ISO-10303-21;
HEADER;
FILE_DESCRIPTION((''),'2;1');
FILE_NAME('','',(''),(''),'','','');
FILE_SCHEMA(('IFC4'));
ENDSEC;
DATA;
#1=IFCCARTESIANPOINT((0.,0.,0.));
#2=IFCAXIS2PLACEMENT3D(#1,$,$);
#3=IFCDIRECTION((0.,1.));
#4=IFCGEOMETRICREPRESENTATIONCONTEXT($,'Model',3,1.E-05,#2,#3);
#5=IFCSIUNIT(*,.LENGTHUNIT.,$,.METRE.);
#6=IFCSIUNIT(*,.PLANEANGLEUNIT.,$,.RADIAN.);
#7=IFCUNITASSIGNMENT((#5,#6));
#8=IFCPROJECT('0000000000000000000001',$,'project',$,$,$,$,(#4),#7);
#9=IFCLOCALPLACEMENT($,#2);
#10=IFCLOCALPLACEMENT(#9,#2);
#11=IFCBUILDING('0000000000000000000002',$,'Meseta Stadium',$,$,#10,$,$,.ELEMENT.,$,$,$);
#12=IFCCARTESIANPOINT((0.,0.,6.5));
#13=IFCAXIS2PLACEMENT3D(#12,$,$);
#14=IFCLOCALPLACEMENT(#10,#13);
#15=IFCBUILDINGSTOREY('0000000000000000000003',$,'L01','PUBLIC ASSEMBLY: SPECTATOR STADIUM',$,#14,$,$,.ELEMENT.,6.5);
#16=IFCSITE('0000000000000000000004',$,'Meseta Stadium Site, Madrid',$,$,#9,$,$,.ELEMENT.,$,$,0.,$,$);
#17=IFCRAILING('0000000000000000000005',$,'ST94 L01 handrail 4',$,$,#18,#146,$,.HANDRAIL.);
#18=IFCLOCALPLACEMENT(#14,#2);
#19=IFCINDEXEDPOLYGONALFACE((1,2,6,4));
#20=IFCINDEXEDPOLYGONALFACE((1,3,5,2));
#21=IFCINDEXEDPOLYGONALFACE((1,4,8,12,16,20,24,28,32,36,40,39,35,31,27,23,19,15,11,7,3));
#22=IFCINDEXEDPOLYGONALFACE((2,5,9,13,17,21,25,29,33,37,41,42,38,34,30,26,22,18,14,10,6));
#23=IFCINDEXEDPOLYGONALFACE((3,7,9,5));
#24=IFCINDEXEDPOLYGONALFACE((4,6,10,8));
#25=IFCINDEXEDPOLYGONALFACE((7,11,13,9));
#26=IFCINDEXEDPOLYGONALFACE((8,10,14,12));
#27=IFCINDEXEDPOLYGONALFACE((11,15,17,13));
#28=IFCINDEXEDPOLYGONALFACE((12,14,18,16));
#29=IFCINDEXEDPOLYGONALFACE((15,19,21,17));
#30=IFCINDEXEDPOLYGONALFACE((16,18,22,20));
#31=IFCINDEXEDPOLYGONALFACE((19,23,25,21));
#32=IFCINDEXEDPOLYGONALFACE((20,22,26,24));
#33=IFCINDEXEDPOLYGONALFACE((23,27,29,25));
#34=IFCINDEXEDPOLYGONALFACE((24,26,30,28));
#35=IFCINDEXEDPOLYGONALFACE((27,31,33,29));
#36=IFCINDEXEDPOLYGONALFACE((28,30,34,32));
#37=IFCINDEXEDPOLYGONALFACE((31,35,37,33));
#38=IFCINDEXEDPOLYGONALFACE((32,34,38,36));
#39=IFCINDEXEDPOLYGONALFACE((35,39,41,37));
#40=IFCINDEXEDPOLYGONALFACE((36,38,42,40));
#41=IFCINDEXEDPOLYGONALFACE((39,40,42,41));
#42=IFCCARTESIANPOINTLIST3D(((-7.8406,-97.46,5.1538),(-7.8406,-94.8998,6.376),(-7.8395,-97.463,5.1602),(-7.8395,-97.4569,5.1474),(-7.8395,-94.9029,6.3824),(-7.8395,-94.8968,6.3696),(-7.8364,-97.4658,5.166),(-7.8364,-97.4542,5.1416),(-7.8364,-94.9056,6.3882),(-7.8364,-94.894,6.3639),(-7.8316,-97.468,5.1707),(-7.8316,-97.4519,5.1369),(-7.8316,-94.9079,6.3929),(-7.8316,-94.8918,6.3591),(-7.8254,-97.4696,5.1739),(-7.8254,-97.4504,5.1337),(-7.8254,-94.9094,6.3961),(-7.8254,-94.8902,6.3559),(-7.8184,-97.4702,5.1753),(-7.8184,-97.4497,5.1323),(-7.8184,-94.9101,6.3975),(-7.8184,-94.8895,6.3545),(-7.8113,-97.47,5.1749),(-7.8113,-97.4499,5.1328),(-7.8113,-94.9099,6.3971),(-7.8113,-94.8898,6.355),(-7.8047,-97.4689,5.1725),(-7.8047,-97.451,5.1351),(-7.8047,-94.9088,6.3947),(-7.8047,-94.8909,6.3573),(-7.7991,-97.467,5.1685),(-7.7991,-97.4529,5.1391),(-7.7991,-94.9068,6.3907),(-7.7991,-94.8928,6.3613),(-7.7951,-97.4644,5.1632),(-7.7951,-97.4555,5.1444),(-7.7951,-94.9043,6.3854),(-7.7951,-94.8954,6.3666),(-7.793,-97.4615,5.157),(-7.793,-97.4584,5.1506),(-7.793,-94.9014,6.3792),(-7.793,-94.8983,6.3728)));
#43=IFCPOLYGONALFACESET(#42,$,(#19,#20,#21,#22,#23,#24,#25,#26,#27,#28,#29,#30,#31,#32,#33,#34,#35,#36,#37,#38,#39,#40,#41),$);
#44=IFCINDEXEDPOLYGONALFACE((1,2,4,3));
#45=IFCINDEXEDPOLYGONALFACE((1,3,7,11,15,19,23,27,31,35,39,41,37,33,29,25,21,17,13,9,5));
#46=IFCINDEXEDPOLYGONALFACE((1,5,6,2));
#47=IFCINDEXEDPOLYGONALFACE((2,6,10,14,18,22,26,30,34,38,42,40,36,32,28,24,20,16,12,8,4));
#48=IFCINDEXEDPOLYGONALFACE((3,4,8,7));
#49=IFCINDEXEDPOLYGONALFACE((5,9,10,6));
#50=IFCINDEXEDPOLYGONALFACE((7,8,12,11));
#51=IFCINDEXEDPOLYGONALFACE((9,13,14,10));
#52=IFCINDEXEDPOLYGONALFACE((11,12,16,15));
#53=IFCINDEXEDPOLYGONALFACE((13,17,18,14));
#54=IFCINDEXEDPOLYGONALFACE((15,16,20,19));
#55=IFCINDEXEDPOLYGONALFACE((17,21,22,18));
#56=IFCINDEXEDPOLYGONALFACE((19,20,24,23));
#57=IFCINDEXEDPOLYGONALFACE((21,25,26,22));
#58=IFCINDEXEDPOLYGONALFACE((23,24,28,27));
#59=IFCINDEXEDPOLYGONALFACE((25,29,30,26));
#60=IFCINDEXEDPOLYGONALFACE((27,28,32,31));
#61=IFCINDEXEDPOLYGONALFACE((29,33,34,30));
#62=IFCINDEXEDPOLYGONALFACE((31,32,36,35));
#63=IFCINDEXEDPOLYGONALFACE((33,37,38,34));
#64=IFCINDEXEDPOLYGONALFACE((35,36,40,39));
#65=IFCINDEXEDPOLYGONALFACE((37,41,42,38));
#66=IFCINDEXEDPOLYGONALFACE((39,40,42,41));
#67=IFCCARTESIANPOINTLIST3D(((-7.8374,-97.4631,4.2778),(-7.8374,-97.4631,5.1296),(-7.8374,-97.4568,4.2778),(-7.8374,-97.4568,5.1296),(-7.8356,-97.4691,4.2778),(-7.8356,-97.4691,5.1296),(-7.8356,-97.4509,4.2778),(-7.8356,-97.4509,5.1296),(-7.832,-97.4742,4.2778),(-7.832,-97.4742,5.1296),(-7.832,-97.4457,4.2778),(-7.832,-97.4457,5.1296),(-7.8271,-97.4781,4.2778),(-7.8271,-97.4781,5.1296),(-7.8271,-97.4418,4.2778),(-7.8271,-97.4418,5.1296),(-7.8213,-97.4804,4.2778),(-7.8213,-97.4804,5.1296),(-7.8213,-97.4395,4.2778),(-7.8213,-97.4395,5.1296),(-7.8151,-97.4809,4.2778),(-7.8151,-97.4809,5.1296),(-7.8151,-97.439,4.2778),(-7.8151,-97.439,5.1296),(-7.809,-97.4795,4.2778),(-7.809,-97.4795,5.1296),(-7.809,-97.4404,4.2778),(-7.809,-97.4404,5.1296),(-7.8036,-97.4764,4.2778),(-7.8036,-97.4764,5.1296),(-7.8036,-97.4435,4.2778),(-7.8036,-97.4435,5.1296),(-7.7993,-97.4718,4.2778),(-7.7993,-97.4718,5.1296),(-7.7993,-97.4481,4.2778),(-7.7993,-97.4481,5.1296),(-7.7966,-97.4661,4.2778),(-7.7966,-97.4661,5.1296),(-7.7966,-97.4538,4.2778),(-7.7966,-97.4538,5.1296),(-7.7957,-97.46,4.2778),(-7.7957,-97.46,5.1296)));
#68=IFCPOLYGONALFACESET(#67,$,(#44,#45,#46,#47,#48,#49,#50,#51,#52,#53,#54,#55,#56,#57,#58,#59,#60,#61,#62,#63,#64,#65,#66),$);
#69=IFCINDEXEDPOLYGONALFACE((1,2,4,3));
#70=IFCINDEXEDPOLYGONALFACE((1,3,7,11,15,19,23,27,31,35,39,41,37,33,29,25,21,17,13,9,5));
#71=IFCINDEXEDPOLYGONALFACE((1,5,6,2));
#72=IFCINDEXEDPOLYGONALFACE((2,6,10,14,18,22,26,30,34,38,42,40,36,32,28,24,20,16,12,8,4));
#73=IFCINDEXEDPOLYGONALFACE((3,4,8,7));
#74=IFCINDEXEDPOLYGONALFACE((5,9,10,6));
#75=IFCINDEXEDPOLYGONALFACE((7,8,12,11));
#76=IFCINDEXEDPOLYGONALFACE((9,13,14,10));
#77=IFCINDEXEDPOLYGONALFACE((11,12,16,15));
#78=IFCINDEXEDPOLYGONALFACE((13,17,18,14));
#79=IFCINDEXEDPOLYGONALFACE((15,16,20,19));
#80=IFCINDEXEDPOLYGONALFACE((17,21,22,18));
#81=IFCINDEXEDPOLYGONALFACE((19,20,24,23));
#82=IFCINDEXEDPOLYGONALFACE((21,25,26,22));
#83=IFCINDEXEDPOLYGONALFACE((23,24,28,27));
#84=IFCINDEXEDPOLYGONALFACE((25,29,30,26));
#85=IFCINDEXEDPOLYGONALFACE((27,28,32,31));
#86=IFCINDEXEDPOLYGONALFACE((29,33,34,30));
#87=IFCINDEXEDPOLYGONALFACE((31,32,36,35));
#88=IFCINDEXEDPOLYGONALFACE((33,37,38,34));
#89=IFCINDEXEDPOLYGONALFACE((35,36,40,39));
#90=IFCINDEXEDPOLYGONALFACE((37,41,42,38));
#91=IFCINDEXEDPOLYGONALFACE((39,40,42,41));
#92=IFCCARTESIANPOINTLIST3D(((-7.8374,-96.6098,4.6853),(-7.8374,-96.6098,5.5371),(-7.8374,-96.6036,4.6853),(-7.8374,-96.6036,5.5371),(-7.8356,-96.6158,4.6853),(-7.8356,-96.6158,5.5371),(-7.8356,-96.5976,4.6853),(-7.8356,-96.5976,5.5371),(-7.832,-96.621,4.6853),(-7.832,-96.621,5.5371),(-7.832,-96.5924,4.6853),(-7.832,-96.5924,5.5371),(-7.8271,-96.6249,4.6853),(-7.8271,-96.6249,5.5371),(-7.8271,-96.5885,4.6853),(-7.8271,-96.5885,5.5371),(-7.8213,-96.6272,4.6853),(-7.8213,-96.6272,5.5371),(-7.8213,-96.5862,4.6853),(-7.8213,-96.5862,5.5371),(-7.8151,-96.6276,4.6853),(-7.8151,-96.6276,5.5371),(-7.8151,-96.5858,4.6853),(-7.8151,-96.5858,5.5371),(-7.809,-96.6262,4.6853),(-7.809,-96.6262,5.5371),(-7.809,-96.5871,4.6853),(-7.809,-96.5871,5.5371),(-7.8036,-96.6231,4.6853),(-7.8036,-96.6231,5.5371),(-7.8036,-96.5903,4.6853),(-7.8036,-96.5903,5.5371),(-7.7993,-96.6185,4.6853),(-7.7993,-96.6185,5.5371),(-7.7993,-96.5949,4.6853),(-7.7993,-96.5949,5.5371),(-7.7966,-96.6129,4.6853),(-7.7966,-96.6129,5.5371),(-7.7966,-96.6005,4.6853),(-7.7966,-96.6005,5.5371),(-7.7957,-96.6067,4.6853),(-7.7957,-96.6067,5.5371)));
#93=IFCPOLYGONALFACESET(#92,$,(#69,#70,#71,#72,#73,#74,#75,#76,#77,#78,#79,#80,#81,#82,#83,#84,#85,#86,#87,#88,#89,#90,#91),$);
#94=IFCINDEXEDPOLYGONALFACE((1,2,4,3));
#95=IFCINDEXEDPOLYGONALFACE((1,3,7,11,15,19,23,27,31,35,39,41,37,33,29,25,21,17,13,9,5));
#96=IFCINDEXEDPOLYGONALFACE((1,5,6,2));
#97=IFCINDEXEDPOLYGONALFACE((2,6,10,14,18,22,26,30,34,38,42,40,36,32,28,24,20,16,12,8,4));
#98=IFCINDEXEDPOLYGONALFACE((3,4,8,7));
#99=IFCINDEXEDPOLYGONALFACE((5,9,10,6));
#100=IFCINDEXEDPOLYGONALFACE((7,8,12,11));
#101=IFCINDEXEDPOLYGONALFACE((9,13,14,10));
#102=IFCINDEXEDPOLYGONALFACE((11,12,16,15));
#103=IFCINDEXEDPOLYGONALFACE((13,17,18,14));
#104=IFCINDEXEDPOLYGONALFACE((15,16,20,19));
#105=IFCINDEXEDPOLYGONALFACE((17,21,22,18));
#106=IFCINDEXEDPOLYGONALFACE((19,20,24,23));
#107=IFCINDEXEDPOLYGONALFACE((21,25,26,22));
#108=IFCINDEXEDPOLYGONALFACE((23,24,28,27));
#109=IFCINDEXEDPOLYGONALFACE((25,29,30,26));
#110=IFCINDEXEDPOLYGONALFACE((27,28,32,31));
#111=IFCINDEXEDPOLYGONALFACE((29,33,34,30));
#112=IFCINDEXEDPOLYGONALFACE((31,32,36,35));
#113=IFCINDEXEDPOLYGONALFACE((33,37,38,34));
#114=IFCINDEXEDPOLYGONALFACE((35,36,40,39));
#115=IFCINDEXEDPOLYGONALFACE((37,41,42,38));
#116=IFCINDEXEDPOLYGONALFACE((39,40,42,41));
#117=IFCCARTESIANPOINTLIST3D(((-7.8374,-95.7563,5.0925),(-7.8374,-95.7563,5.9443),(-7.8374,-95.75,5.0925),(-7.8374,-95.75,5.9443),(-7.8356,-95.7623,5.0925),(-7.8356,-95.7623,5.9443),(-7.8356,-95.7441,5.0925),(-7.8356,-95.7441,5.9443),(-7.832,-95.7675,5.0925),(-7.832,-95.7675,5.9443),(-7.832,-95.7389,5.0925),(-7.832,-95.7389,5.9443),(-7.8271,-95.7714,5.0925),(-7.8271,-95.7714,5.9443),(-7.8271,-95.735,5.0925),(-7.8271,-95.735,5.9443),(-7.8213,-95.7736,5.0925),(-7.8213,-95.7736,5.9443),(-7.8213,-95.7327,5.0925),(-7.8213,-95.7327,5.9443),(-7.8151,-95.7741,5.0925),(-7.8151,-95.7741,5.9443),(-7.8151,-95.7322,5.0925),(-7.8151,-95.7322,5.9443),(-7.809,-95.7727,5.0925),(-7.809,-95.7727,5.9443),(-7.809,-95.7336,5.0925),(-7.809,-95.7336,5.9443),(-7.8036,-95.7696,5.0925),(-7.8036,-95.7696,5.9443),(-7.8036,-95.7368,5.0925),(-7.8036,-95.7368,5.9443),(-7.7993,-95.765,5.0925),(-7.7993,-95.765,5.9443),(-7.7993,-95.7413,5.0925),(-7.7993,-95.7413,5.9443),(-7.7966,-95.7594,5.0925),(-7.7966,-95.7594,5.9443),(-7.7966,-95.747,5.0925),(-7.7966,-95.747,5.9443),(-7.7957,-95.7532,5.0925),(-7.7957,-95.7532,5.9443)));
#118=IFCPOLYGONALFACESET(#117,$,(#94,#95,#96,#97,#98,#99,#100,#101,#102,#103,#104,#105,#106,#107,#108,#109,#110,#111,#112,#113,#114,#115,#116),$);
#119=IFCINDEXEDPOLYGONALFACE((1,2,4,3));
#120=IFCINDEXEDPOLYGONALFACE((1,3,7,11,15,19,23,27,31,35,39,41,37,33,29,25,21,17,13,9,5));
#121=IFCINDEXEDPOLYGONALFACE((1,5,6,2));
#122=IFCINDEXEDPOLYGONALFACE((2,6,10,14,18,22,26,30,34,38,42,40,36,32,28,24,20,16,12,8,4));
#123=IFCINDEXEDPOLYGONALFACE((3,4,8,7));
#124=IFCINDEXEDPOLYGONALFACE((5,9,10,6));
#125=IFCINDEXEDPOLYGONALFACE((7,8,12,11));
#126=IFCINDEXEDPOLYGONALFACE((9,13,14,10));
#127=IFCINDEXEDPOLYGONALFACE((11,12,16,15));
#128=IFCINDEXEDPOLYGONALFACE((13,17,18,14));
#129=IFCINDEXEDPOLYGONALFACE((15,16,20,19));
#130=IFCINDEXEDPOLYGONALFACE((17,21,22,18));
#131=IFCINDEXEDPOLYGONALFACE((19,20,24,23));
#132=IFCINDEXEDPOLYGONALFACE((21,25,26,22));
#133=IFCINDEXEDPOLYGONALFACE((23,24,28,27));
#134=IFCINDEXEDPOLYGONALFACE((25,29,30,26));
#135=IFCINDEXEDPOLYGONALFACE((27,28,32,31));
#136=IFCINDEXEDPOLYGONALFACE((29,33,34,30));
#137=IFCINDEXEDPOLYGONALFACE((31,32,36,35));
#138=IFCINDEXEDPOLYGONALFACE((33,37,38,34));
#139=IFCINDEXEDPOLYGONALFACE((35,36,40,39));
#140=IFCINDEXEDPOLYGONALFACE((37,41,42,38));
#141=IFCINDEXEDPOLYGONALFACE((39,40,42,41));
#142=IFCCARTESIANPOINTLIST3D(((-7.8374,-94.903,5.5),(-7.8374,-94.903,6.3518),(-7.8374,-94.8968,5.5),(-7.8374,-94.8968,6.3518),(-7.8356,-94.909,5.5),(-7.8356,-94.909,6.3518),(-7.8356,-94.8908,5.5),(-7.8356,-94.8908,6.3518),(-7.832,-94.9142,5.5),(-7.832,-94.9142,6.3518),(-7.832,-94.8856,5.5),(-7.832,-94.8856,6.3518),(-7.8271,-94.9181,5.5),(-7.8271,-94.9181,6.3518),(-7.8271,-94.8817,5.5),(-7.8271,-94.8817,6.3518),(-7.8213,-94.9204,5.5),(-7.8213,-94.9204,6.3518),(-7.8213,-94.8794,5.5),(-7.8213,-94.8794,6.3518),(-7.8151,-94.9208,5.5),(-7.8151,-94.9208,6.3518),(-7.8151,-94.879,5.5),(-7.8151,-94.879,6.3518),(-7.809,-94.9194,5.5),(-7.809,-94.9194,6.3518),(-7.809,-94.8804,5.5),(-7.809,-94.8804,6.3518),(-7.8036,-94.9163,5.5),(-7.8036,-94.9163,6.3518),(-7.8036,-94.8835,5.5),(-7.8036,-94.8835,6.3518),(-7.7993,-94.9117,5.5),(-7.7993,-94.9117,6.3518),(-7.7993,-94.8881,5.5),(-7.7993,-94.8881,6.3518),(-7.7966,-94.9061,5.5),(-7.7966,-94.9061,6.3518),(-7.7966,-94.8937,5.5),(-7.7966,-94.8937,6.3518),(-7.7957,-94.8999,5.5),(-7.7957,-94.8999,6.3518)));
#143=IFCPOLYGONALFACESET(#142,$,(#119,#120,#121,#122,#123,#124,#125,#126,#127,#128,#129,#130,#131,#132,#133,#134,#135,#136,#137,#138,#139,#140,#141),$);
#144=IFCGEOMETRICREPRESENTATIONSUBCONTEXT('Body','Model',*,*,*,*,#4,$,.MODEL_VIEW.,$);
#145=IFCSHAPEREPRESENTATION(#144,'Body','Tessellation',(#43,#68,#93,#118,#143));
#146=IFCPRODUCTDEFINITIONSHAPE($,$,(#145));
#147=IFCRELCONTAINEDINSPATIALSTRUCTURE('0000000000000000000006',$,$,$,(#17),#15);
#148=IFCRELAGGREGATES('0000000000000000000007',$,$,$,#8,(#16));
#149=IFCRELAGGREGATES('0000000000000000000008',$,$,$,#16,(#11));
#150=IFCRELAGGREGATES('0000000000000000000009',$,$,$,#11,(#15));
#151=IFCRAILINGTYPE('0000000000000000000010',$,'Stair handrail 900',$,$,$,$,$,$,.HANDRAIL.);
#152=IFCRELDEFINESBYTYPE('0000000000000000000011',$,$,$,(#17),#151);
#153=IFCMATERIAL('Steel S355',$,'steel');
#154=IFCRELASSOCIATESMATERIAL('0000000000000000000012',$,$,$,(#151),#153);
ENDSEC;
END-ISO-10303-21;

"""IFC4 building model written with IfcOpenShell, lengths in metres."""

from ifc_helpers import new_model, si_unit, direction, frame, origin, origin_2d, place, context, subcontext, project, spatial, circle, extrude, material, type_object, element, save


model = new_model("IFC4")

# Units and contexts
model_context = context("Model", 3, precision=1e-05, world=origin(), true_north=direction((0.0, 1.0)))
body_context = subcontext(model_context, "Body", "Model", "MODEL_VIEW")
ifc_project = project(units=[si_unit("LENGTHUNIT", "METRE"), si_unit("PLANEANGLEUNIT", "RADIAN")], contexts=[model_context])

# Site, building, storey
site_placement = place(None, origin())
site = spatial("IfcSite", under=ifc_project, at=site_placement, Name="Meseta Stadium Site, Madrid", CompositionType="ELEMENT", RefElevation=0.0)
building_placement = place(site_placement, origin())
building = spatial("IfcBuilding", under=site, at=building_placement, Name="Meseta Stadium", CompositionType="ELEMENT")
storey_placement = place(building_placement, frame((0.0, 0.0, 6.5)))
storey = spatial("IfcBuildingStorey", under=building, at=storey_placement, Name="L01", Description="PUBLIC ASSEMBLY: SPECTATOR STADIUM", CompositionType="ELEMENT", Elevation=6.5)

# Railing
ifc_material_1 = material(Name="Steel S355", Category="steel")
railing_type_1 = type_object("IfcRailingType", Name="Stair handrail 900", PredefinedType="HANDRAIL", material=ifc_material_1)
railing_1_placement = place(storey_placement, frame((-7.8167, -97.46, 4.2778)))
element("IfcRailing", 1, at=railing_1_placement, inside=storey, type_object=railing_type_1, Name="ST94 L01 handrail 4", PredefinedType="HANDRAIL", context=body_context, shape_type="SweptSolid", body=[
    extrude(circle(Radius=0.0239, at=origin_2d()), frame((0.0, 0.0, 0.876), z_axis=(0.0, 0.902437, 0.430822), x_axis=(-1.0, 0.0, 0.0)), (0.0, 0.0, 1.0), 2.8369),
    extrude(circle(Radius=0.021, at=origin_2d()), origin(), (0.0, 0.0, 1.0), 0.8518),
    extrude(circle(Radius=0.021, at=origin_2d()), frame((0.0, 0.8533, 0.4075)), (0.0, 0.0, 1.0), 0.8518),
    extrude(circle(Radius=0.021, at=origin_2d()), frame((0.0, 1.7068, 0.8147)), (0.0, 0.0, 1.0), 0.8518),
    extrude(circle(Radius=0.021, at=origin_2d()), frame((0.0, 2.5601, 1.2222)), (0.0, 0.0, 1.0), 0.8518),
])

save(model, "model.ifc")
